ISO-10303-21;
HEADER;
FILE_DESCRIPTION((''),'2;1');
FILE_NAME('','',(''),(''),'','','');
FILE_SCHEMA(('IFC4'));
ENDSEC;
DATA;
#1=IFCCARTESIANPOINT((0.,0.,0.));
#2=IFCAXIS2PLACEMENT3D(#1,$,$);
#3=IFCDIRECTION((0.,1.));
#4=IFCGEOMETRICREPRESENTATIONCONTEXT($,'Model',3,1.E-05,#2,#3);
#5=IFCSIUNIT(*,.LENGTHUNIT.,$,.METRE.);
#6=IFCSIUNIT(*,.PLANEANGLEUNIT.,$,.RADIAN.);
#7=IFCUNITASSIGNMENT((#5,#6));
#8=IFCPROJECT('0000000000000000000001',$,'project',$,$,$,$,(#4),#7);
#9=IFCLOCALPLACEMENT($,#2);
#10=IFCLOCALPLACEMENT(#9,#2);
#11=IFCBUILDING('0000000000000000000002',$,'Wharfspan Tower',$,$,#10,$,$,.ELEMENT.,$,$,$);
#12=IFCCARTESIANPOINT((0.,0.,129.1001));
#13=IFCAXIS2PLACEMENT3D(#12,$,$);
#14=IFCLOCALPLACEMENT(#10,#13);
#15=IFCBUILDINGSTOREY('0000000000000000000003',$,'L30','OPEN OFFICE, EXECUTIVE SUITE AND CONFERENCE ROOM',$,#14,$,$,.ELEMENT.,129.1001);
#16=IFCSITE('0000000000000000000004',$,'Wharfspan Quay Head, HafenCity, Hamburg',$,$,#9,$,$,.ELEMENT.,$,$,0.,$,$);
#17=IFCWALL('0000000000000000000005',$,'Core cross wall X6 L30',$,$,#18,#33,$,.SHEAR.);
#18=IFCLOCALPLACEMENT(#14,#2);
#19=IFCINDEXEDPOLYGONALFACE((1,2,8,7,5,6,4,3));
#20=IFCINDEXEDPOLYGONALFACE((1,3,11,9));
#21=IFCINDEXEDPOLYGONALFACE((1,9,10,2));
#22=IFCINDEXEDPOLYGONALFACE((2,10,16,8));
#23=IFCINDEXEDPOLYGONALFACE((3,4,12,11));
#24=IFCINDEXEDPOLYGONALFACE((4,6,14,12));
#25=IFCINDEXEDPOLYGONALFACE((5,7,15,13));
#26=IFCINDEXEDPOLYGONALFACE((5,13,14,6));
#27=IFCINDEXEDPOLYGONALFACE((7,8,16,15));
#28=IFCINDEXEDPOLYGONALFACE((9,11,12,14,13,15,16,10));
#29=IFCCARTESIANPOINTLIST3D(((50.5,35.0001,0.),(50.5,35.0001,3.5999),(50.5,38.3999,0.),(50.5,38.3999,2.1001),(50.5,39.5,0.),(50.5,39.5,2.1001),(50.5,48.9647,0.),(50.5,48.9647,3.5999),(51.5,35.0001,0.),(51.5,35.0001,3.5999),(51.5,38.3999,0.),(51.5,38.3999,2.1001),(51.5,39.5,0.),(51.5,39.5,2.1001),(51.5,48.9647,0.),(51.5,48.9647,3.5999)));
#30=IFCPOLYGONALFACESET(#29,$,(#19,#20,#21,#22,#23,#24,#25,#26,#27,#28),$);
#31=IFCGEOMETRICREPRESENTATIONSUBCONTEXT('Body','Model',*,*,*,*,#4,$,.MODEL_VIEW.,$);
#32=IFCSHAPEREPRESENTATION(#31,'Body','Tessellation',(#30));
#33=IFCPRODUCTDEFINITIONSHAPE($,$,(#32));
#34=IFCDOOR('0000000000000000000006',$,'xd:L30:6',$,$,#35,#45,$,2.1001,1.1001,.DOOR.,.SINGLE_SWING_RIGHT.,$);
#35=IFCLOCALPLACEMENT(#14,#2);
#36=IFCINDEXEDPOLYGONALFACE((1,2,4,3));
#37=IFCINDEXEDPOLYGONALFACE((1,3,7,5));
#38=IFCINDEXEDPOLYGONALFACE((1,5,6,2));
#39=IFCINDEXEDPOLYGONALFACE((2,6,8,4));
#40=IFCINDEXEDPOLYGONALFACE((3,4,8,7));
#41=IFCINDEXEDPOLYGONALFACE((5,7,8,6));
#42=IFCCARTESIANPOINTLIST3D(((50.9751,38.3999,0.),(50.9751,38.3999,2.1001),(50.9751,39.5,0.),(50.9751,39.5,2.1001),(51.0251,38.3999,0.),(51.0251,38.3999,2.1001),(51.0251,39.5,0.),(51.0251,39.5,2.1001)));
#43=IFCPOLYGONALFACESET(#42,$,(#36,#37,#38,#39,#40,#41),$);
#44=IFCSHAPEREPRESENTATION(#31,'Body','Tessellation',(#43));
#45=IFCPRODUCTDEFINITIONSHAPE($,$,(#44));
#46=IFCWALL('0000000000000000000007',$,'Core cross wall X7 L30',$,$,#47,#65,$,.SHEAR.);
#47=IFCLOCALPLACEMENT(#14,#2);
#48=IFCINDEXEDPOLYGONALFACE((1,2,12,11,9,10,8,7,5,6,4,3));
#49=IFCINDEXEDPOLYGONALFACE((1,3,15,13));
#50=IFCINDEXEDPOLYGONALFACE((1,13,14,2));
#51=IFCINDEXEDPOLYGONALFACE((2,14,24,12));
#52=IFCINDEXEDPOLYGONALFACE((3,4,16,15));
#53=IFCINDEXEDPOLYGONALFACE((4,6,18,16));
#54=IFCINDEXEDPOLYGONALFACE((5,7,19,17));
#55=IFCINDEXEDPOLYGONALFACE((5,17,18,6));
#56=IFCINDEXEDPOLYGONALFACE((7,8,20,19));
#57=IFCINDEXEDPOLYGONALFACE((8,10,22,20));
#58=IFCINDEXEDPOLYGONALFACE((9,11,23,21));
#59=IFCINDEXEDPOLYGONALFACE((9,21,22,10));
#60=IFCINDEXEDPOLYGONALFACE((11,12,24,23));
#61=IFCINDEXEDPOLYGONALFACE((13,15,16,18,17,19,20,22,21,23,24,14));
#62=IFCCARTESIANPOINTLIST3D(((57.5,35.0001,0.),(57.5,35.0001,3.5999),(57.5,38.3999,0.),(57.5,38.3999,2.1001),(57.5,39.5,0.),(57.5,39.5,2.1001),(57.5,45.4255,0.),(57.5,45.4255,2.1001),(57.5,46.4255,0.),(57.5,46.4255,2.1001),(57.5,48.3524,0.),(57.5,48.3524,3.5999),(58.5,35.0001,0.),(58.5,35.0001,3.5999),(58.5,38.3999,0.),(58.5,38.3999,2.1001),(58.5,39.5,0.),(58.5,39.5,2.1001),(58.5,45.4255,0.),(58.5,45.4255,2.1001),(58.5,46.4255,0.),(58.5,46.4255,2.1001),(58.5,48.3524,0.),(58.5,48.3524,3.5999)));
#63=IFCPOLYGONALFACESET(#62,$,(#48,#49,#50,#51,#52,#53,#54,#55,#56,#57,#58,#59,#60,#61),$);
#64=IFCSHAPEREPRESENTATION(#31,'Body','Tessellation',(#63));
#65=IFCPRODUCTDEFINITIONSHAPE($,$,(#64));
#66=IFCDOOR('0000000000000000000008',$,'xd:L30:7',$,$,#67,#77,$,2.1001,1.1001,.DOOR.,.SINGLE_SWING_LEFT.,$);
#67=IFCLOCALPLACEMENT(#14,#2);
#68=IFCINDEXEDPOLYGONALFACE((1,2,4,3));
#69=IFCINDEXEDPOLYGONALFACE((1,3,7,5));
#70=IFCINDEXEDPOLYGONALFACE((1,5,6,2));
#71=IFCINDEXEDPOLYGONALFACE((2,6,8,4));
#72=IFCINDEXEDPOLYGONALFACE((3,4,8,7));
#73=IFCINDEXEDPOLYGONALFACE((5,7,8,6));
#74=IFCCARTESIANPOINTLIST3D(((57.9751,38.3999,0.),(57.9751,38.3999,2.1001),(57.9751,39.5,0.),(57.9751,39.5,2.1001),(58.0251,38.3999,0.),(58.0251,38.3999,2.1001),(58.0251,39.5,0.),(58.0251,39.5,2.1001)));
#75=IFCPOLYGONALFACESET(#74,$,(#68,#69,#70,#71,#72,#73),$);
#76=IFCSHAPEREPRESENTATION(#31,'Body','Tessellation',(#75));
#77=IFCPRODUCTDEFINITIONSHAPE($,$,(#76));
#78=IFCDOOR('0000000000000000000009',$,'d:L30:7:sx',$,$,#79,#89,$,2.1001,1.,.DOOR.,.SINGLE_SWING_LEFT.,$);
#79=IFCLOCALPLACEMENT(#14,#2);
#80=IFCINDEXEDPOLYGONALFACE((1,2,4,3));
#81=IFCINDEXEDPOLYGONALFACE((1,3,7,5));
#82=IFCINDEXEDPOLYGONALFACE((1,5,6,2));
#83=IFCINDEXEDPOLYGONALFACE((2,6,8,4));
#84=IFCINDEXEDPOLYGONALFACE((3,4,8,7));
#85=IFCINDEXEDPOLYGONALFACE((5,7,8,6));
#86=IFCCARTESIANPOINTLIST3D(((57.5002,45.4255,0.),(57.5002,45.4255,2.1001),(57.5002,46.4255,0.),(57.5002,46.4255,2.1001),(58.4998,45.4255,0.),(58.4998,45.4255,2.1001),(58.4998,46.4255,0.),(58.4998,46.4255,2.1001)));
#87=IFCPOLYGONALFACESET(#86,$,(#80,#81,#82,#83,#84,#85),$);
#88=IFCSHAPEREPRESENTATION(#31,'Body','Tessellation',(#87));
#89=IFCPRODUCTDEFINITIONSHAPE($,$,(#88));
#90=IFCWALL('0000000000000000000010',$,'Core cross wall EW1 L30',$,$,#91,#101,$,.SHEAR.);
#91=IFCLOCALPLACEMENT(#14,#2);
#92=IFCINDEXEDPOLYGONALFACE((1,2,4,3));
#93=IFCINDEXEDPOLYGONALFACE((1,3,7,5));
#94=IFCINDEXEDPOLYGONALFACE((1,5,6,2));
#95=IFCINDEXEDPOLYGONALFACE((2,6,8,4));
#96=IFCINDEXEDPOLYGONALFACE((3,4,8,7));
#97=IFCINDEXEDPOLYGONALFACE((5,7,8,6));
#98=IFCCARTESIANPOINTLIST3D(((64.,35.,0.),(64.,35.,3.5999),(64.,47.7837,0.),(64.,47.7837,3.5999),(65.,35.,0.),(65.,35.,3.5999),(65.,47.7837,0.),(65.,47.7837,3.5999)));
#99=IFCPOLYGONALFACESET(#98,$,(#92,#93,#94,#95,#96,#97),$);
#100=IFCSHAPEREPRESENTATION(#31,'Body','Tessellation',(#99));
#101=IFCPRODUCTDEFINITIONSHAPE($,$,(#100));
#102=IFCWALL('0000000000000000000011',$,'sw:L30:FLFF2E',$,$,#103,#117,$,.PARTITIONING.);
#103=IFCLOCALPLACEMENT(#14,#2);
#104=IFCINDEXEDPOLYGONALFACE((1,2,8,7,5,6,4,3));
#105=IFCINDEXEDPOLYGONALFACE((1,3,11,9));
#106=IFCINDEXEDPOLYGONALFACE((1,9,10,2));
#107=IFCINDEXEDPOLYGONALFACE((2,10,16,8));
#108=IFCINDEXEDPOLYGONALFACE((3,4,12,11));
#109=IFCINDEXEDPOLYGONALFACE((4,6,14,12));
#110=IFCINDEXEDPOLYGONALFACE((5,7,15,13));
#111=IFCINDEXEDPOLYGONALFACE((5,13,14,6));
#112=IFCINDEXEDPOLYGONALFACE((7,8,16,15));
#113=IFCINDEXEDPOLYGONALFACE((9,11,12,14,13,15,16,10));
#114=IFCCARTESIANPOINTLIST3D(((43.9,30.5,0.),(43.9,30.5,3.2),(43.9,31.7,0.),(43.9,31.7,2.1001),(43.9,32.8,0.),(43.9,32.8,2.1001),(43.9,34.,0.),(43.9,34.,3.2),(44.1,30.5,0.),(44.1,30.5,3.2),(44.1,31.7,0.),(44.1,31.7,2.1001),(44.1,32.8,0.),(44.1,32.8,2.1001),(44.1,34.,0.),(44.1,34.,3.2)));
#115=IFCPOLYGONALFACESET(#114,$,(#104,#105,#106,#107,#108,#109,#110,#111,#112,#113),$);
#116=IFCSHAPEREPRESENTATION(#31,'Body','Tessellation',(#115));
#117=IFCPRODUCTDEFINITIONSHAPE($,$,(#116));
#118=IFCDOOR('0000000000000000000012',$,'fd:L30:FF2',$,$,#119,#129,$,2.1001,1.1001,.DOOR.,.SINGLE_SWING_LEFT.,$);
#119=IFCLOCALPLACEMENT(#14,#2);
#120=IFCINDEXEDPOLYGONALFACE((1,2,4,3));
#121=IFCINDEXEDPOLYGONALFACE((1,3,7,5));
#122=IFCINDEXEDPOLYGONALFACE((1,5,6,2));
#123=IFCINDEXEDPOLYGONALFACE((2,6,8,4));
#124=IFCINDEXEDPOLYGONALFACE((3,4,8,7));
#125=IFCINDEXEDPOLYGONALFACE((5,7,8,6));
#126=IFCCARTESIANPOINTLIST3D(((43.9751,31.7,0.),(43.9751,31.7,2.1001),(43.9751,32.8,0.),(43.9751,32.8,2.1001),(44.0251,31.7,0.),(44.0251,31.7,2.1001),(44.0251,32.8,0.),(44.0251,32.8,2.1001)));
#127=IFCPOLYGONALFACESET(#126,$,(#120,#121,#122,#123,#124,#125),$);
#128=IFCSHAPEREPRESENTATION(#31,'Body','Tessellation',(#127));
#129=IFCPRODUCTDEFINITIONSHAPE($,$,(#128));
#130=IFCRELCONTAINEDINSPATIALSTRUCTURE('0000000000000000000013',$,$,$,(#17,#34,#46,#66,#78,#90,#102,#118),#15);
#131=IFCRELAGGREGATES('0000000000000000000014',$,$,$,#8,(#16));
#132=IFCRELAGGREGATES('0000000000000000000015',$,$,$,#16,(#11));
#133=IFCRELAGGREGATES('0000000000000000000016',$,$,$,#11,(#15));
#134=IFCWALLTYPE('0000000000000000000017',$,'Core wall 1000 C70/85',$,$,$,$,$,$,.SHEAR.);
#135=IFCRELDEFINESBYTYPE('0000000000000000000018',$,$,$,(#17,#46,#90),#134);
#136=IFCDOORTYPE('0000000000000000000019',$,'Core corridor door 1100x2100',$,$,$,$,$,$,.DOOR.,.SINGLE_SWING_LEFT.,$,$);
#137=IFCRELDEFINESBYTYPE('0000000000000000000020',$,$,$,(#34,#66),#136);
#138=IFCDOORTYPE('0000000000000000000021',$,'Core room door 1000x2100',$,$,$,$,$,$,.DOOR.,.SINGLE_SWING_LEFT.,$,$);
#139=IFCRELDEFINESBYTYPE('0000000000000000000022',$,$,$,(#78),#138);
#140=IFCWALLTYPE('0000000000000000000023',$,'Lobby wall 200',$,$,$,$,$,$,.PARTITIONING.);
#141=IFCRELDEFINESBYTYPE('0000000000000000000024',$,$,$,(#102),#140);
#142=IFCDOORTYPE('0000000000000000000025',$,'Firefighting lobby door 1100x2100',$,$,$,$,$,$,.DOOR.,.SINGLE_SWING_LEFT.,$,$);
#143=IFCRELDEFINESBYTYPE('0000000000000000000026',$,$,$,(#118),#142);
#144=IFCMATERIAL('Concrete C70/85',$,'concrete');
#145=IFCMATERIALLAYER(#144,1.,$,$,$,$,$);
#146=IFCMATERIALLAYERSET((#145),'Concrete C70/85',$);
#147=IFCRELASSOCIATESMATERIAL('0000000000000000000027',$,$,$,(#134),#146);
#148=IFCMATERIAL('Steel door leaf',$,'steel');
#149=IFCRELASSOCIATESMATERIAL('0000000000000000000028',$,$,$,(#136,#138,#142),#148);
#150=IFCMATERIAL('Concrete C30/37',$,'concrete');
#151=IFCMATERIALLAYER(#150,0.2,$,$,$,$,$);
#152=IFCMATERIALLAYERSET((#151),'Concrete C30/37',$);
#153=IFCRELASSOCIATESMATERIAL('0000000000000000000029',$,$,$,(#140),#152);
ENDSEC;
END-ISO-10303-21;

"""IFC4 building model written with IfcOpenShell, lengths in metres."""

from ifc_helpers import new_model, si_unit, direction, frame, frame_2d, origin, place, context, subcontext, project, spatial, rectangle, extrude, material, layer, layer_set, type_object, element, fill, save


model = new_model("IFC4")

# Units and contexts
model_context = context("Model", 3, precision=1e-05, world=origin(), true_north=direction((0.0, 1.0)))
body_context = subcontext(model_context, "Body", "Model", "MODEL_VIEW")
ifc_project = project(units=[si_unit("LENGTHUNIT", "METRE"), si_unit("PLANEANGLEUNIT", "RADIAN")], contexts=[model_context])

# Site, building, storey
site_placement = place(None, origin())
site = spatial("IfcSite", under=ifc_project, at=site_placement, Name="Wharfspan Quay Head, HafenCity, Hamburg", CompositionType="ELEMENT", RefElevation=0.0)
building_placement = place(site_placement, origin())
building = spatial("IfcBuilding", under=site, at=building_placement, Name="Wharfspan Tower", CompositionType="ELEMENT")
storey_placement = place(building_placement, frame((0.0, 0.0, 129.1001)))
storey = spatial("IfcBuildingStorey", under=building, at=storey_placement, Name="L30", Description="OPEN OFFICE, EXECUTIVE SUITE AND CONFERENCE ROOM", CompositionType="ELEMENT", Elevation=129.1001)

# Shared definitions
ifc_material_1 = material(Name="Concrete C70/85", Category="concrete")
ifc_layer_1 = layer(ifc_material_1, 1.0)
ifc_layer_set_1 = layer_set([ifc_layer_1], Name="Concrete C70/85")
wall_type_1 = type_object("IfcWallType", Name="Core wall 1000 C70/85", PredefinedType="SHEAR", material=ifc_layer_set_1)
ifc_material_2 = material(Name="Steel door leaf", Category="steel")
door_type_1 = type_object("IfcDoorType", Name="Core corridor door 1100x2100", OperationType="SINGLE_SWING_LEFT", PredefinedType="DOOR", material=ifc_material_2)
door_type_2 = type_object("IfcDoorType", Name="Core room door 1000x2100", OperationType="SINGLE_SWING_LEFT", PredefinedType="DOOR", material=ifc_material_2)

# Wall, opening, door
wall_1_placement = place(storey_placement, frame((51.0, 35.0, 0.0), z_axis=(0.0, 0.0, 1.0), x_axis=(0.0, 1.0, 0.0)))
wall_1 = element("IfcWall", 1, at=wall_1_placement, inside=storey, type_object=wall_type_1, Name="Core cross wall X6 L30", PredefinedType="SHEAR", context=body_context, shape_type="SweptSolid", body=[
    extrude(rectangle(XDim=13.9646, YDim=1.0, at=frame_2d((6.9824, 0.0))), origin(), (0.0, 0.0, 1.0), 3.5999),
])
opening_1_placement = place(wall_1_placement, frame((3.3999, 0.0, 0.0)))
opening_1 = element("IfcOpeningElement", 2, at=opening_1_placement, cuts=wall_1, PredefinedType="OPENING", context=body_context, shape_type="SweptSolid", body=[
    extrude(rectangle(XDim=1.1001, YDim=2.1001, at=frame_2d((0.55, 1.05))), frame((0.0, 0.51, 0.0), z_axis=(0.0, -1.0, 0.0), x_axis=(1.0, 0.0, 0.0)), (0.0, 0.0, 1.0), 1.02),
])
door_1_placement = place(opening_1_placement, origin())
door_1 = element("IfcDoor", 3, at=door_1_placement, inside=storey, type_object=door_type_1, Name="xd:L30:6", OperationType="SINGLE_SWING_RIGHT", OverallHeight=2.1001, OverallWidth=1.1001, PredefinedType="DOOR", context=body_context, shape_type="SweptSolid", body=[
    extrude(rectangle(XDim=1.1001, YDim=2.1001, at=frame_2d((0.55, 1.05))), frame((0.0, 0.0249, 0.0), z_axis=(0.0, -1.0, 0.0), x_axis=(1.0, 0.0, 0.0)), (0.0, 0.0, 1.0), 0.05),
])
fill(opening_1, door_1)

# Wall, openings, doors
wall_2_placement = place(storey_placement, frame((58.0, 35.0, 0.0), z_axis=(0.0, 0.0, 1.0), x_axis=(0.0, 1.0, 0.0)))
wall_2 = element("IfcWall", 4, at=wall_2_placement, inside=storey, type_object=wall_type_1, Name="Core cross wall X7 L30", PredefinedType="SHEAR", context=body_context, shape_type="SweptSolid", body=[
    extrude(rectangle(XDim=13.3523, YDim=1.0, at=frame_2d((6.6763, 0.0))), origin(), (0.0, 0.0, 1.0), 3.5999),
])
opening_2_placement = place(wall_2_placement, frame((10.4255, 0.0, 0.0)))
opening_2 = element("IfcOpeningElement", 5, at=opening_2_placement, cuts=wall_2, PredefinedType="OPENING", context=body_context, shape_type="SweptSolid", body=[
    extrude(rectangle(XDim=1.0, YDim=2.1001, at=frame_2d((0.5, 1.05))), frame((0.0, 0.51, 0.0), z_axis=(0.0, -1.0, 0.0), x_axis=(1.0, 0.0, 0.0)), (0.0, 0.0, 1.0), 1.02),
])
opening_3_placement = place(wall_2_placement, frame((3.3999, 0.0, 0.0)))
opening_3 = element("IfcOpeningElement", 6, at=opening_3_placement, cuts=wall_2, PredefinedType="OPENING", context=body_context, shape_type="SweptSolid", body=[
    extrude(rectangle(XDim=1.1001, YDim=2.1001, at=frame_2d((0.55, 1.05))), frame((0.0, 0.51, 0.0), z_axis=(0.0, -1.0, 0.0), x_axis=(1.0, 0.0, 0.0)), (0.0, 0.0, 1.0), 1.02),
])
door_2_placement = place(opening_3_placement, origin())
door_2 = element("IfcDoor", 7, at=door_2_placement, inside=storey, type_object=door_type_1, Name="xd:L30:7", OperationType="SINGLE_SWING_LEFT", OverallHeight=2.1001, OverallWidth=1.1001, PredefinedType="DOOR", context=body_context, shape_type="SweptSolid", body=[
    extrude(rectangle(XDim=1.1001, YDim=2.1001, at=frame_2d((0.55, 1.05))), frame((0.0, 0.0249, 0.0), z_axis=(0.0, -1.0, 0.0), x_axis=(1.0, 0.0, 0.0)), (0.0, 0.0, 1.0), 0.05),
])
fill(opening_3, door_2)
door_3_placement = place(opening_2_placement, origin())
door_3 = element("IfcDoor", 8, at=door_3_placement, inside=storey, type_object=door_type_2, Name="d:L30:7:sx", OperationType="SINGLE_SWING_LEFT", OverallHeight=2.1001, OverallWidth=1.0, PredefinedType="DOOR", context=body_context, shape_type="SweptSolid", body=[
    extrude(rectangle(XDim=1.0, YDim=2.1001, at=frame_2d((0.5, 1.05))), frame((0.0, 0.4998, 0.0), z_axis=(0.0, -1.0, 0.0), x_axis=(1.0, 0.0, 0.0)), (0.0, 0.0, 1.0), 0.9995),
])
fill(opening_2, door_3)

# Wall
wall_3_placement = place(storey_placement, frame((64.5, 35.0, 0.0), z_axis=(0.0, 0.0, 1.0), x_axis=(0.0, 1.0, 0.0)))
element("IfcWall", 9, at=wall_3_placement, inside=storey, type_object=wall_type_1, Name="Core cross wall EW1 L30", PredefinedType="SHEAR", context=body_context, shape_type="SweptSolid", body=[
    extrude(rectangle(XDim=12.7837, YDim=1.0, at=frame_2d((6.3918, 0.0))), origin(), (0.0, 0.0, 1.0), 3.5999),
])

# Wall, opening, door
ifc_material_3 = material(Name="Concrete C30/37", Category="concrete")
ifc_layer_2 = layer(ifc_material_3, 0.2)
ifc_layer_set_2 = layer_set([ifc_layer_2], Name="Concrete C30/37")
wall_type_2 = type_object("IfcWallType", Name="Lobby wall 200", PredefinedType="PARTITIONING", material=ifc_layer_set_2)
wall_4_placement = place(storey_placement, frame((44.0, 30.5, 0.0), z_axis=(0.0, 0.0, 1.0), x_axis=(0.0, 1.0, 0.0)))
wall_4 = element("IfcWall", 10, at=wall_4_placement, inside=storey, type_object=wall_type_2, Name="sw:L30:FLFF2E", PredefinedType="PARTITIONING", context=body_context, shape_type="SweptSolid", body=[
    extrude(rectangle(XDim=3.5, YDim=0.2, at=frame_2d((1.75, 0.0))), origin(), (0.0, 0.0, 1.0), 3.2),
])
opening_4_placement = place(wall_4_placement, frame((1.2, 0.0, 0.0)))
opening_4 = element("IfcOpeningElement", 11, at=opening_4_placement, cuts=wall_4, PredefinedType="OPENING", context=body_context, shape_type="SweptSolid", body=[
    extrude(rectangle(XDim=1.1001, YDim=2.1001, at=frame_2d((0.55, 1.05))), frame((0.0, 0.1099, 0.0), z_axis=(0.0, -1.0, 0.0), x_axis=(1.0, 0.0, 0.0)), (0.0, 0.0, 1.0), 0.22),
])
door_type_3 = type_object("IfcDoorType", Name="Firefighting lobby door 1100x2100", OperationType="SINGLE_SWING_LEFT", PredefinedType="DOOR", material=ifc_material_2)
door_4_placement = place(opening_4_placement, origin())
door_4 = element("IfcDoor", 12, at=door_4_placement, inside=storey, type_object=door_type_3, Name="fd:L30:FF2", OperationType="SINGLE_SWING_LEFT", OverallHeight=2.1001, OverallWidth=1.1001, PredefinedType="DOOR", context=body_context, shape_type="SweptSolid", body=[
    extrude(rectangle(XDim=1.1001, YDim=2.1001, at=frame_2d((0.55, 1.05))), frame((0.0, 0.0249, 0.0), z_axis=(0.0, -1.0, 0.0), x_axis=(1.0, 0.0, 0.0)), (0.0, 0.0, 1.0), 0.05),
])
fill(opening_4, door_4)

save(model, "model.ifc")
